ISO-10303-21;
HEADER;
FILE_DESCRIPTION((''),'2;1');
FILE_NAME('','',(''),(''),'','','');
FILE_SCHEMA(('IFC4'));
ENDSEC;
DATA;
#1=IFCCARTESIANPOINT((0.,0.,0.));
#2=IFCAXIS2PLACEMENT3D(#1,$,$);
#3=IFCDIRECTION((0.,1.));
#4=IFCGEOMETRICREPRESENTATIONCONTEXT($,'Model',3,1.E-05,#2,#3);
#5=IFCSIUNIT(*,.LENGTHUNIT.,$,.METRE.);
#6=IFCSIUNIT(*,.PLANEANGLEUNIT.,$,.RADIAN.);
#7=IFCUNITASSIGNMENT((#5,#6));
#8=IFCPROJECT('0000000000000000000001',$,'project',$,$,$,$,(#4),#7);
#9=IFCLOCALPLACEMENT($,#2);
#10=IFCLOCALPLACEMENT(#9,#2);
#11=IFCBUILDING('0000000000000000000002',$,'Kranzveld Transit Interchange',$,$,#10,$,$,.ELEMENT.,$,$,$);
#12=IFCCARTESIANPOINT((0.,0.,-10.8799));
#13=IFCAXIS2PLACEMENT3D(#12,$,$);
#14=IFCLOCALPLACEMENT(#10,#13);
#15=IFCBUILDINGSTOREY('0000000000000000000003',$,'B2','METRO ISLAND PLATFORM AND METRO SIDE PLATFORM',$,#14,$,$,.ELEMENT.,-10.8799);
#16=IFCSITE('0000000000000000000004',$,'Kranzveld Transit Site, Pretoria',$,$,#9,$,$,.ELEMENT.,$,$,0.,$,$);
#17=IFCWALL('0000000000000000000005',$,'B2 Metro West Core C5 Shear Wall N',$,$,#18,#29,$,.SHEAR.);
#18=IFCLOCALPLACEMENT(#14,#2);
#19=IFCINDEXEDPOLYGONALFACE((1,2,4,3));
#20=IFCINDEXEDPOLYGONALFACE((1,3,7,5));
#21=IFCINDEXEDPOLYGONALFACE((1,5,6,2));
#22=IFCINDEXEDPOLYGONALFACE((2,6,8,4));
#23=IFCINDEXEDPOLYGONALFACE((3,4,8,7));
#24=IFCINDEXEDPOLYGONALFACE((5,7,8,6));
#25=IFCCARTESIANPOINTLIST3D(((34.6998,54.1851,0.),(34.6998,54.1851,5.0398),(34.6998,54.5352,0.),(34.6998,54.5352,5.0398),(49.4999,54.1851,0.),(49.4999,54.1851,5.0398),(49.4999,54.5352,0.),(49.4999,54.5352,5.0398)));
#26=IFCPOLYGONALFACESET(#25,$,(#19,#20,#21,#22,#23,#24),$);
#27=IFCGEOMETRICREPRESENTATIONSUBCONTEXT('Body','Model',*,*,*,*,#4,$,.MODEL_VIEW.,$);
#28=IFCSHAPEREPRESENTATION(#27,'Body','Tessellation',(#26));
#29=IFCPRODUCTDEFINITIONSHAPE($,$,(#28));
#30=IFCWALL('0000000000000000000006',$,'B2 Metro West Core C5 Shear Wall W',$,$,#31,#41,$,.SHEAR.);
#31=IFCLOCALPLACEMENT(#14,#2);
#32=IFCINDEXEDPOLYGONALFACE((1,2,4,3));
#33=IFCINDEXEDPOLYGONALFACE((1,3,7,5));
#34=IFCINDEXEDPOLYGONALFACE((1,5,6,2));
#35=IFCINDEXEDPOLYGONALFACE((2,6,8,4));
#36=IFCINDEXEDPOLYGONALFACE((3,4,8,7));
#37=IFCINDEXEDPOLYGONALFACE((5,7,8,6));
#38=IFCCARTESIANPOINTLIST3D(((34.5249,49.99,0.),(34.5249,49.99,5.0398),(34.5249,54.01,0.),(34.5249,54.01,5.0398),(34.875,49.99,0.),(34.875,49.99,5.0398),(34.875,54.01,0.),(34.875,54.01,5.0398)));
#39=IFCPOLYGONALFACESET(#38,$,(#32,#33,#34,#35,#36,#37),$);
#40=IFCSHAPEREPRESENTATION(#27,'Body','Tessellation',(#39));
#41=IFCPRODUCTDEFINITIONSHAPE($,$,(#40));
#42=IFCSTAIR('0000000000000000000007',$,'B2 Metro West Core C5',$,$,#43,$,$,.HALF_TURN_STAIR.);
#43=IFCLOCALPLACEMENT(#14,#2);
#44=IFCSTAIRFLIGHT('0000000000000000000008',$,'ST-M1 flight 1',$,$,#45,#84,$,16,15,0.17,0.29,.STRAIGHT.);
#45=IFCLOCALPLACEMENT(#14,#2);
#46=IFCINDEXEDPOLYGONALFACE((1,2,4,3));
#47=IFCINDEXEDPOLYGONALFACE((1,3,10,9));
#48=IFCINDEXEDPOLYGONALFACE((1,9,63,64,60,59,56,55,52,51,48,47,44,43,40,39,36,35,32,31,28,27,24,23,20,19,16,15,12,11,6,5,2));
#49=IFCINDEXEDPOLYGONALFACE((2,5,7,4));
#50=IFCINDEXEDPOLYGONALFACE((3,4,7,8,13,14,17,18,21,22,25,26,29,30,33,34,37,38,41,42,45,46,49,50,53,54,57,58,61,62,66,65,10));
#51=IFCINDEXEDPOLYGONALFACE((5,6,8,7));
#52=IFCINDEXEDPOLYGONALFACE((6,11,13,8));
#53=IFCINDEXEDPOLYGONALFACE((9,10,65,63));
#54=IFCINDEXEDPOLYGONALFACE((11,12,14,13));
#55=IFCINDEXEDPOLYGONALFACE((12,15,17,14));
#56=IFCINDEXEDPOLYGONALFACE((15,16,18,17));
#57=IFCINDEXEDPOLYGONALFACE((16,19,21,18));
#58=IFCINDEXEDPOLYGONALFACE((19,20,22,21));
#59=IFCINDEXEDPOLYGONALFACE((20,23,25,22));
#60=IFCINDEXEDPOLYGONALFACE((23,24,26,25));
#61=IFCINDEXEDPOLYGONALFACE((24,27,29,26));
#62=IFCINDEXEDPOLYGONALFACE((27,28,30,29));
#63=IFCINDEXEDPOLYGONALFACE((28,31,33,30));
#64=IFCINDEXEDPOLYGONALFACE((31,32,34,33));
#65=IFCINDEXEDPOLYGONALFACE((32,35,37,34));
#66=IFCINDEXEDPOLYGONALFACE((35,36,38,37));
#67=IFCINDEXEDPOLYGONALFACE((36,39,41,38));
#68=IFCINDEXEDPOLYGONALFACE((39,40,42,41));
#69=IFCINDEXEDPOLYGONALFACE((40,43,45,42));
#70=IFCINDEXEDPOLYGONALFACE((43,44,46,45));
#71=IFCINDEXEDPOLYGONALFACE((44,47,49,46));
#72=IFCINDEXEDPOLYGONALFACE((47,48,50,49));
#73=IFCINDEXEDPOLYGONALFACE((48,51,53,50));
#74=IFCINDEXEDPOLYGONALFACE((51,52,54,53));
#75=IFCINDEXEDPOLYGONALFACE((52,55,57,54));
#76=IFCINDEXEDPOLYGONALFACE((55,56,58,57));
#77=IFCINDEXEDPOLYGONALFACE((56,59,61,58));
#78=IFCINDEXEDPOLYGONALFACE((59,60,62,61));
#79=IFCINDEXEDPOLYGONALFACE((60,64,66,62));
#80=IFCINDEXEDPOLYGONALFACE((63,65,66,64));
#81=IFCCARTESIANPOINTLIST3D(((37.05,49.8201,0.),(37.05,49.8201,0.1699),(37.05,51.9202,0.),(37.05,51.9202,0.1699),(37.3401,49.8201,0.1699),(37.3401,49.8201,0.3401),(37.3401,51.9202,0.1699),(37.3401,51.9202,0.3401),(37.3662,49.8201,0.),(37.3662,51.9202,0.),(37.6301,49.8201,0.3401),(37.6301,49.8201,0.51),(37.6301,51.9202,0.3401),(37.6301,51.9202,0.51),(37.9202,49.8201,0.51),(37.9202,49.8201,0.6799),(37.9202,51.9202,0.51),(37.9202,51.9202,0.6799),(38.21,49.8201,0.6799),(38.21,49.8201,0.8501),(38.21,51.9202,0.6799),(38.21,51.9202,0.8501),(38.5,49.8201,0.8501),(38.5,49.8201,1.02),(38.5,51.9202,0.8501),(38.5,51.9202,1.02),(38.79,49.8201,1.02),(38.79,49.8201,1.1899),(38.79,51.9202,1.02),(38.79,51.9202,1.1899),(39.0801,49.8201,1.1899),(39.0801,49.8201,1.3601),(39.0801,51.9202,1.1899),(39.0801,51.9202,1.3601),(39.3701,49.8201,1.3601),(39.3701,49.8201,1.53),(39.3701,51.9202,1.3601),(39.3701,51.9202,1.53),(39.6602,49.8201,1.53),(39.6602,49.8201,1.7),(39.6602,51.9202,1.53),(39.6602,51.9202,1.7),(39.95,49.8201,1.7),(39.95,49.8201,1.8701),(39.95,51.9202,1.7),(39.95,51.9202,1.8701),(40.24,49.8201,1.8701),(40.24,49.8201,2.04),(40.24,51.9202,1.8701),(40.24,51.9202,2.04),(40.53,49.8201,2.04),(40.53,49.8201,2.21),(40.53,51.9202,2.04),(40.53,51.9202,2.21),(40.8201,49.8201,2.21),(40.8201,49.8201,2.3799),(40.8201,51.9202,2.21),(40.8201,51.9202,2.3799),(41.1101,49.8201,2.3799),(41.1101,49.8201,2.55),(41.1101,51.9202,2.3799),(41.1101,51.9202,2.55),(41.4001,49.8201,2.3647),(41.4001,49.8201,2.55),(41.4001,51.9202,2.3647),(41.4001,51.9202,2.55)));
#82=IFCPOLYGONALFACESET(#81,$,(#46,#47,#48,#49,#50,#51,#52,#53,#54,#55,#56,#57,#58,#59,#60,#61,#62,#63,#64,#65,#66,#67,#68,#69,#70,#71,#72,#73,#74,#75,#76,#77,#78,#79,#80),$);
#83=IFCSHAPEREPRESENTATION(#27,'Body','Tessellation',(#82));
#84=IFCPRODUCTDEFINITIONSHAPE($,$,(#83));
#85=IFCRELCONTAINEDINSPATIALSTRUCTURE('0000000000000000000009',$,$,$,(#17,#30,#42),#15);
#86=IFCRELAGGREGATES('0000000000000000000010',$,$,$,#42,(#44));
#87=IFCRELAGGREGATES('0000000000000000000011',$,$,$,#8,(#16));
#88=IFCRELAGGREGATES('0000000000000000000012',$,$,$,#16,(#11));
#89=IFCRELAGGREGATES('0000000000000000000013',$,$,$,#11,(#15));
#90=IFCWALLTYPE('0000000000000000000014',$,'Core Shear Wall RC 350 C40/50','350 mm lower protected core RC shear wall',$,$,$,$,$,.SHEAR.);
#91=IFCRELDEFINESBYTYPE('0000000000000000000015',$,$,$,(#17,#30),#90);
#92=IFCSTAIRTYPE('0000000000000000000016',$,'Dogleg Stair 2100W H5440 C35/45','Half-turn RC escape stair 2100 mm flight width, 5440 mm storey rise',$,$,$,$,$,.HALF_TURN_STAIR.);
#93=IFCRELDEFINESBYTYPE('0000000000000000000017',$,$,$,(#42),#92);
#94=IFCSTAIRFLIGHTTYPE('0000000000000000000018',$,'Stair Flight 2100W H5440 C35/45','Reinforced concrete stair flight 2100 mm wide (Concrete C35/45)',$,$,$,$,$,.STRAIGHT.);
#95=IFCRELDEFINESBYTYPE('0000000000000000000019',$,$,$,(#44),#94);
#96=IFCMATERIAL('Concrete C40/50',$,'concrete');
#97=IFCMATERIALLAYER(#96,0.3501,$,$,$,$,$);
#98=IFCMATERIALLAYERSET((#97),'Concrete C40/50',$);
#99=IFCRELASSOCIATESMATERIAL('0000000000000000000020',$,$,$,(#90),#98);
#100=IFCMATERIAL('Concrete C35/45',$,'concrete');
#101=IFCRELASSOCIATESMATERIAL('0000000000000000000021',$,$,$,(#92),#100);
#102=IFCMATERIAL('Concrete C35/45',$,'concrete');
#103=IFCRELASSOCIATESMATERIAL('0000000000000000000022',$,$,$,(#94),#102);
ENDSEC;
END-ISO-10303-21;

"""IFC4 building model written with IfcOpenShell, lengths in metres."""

from ifc_helpers import new_model, si_unit, direction, frame, frame_2d, origin, place, context, subcontext, project, spatial, polyline, rectangle, outline, extrude, material, layer, layer_set, type_object, element, aggregate, save


model = new_model("IFC4")

# Units and contexts
model_context = context("Model", 3, precision=1e-05, world=origin(), true_north=direction((0.0, 1.0)))
body_context = subcontext(model_context, "Body", "Model", "MODEL_VIEW")
ifc_project = project(units=[si_unit("LENGTHUNIT", "METRE"), si_unit("PLANEANGLEUNIT", "RADIAN")], contexts=[model_context])

# Site, building, storey
site_placement = place(None, origin())
site = spatial("IfcSite", under=ifc_project, at=site_placement, Name="Kranzveld Transit Site, Pretoria", CompositionType="ELEMENT", RefElevation=0.0)
building_placement = place(site_placement, origin())
building = spatial("IfcBuilding", under=site, at=building_placement, Name="Kranzveld Transit Interchange", CompositionType="ELEMENT")
storey_placement = place(building_placement, frame((0.0, 0.0, -10.8799)))
storey = spatial("IfcBuildingStorey", under=building, at=storey_placement, Name="B2", Description="METRO ISLAND PLATFORM AND METRO SIDE PLATFORM", CompositionType="ELEMENT", Elevation=-10.8799)

# Shared definitions
ifc_material_1 = material(Name="Concrete C40/50", Category="concrete")
ifc_layer = layer(ifc_material_1, 0.3501)
ifc_layer_set = layer_set([ifc_layer], Name="Concrete C40/50")
wall_type = type_object("IfcWallType", Name="Core Shear Wall RC 350 C40/50", Description="350 mm lower protected core RC shear wall", PredefinedType="SHEAR", material=ifc_layer_set)

# Walls
wall_1_placement = place(storey_placement, frame((34.7, 54.3601, 0.0), z_axis=(0.0, 0.0, 1.0), x_axis=(1.0, 0.0, 0.0)))
element("IfcWall", 1, at=wall_1_placement, inside=storey, type_object=wall_type, Name="B2 Metro West Core C5 Shear Wall N", PredefinedType="SHEAR", context=body_context, shape_type="SweptSolid", body=[
    extrude(rectangle(XDim=14.8, YDim=0.3501, at=frame_2d((7.3999, 0.0))), origin(), (0.0, 0.0, 1.0), 5.0398),
])
wall_2_placement = place(storey_placement, frame((34.7, 49.99, 0.0), z_axis=(0.0, 0.0, 1.0), x_axis=(0.0, 1.0, 0.0)))
element("IfcWall", 2, at=wall_2_placement, inside=storey, type_object=wall_type, Name="B2 Metro West Core C5 Shear Wall W", PredefinedType="SHEAR", context=body_context, shape_type="SweptSolid", body=[
    extrude(rectangle(XDim=4.02, YDim=0.3501, at=frame_2d((2.01, 0.0))), origin(), (0.0, 0.0, 1.0), 5.0398),
])

# Stair, stair flight
ifc_material_2 = material(Name="Concrete C35/45", Category="concrete")
stair_type = type_object("IfcStairType", Name="Dogleg Stair 2100W H5440 C35/45", Description="Half-turn RC escape stair 2100 mm flight width, 5440 mm storey rise", PredefinedType="HALF_TURN_STAIR", material=ifc_material_2)
stair_placement = place(storey_placement, origin())
stair = element("IfcStair", 3, at=stair_placement, inside=storey, type_object=stair_type, Name="B2 Metro West Core C5", PredefinedType="HALF_TURN_STAIR")
ifc_material_3 = material(Name="Concrete C35/45", Category="concrete")
stair_flight_type = type_object("IfcStairFlightType", Name="Stair Flight 2100W H5440 C35/45", Description="Reinforced concrete stair flight 2100 mm wide (Concrete C35/45)", PredefinedType="STRAIGHT", material=ifc_material_3)
stair_flight_placement = place(storey_placement, frame((37.05, 50.8701, 0.0), z_axis=(0.0, 0.0, 1.0), x_axis=(1.0, 0.0, 0.0)))
stair_flight = element("IfcStairFlight", 4, at=stair_flight_placement, type_object=stair_flight_type, Name="ST-M1 flight 1", NumberOfRisers=16, NumberOfTreads=15, PredefinedType="STRAIGHT", RiserHeight=0.17, TreadLength=0.29, context=body_context, shape_type="SweptSolid", body=[
    extrude(outline(polyline([(0.0, 0.0), (0.0, 0.1699), (0.29, 0.1699), (0.29, 0.3401), (0.5801, 0.3401), (0.5801, 0.51), (0.8701, 0.51), (0.8701, 0.6799), (1.1599, 0.6799), (1.1599, 0.8501), (1.45, 0.8501), (1.45, 1.02), (1.74, 1.02), (1.74, 1.1899), (2.03, 1.1899), (2.03, 1.3601), (2.3201, 1.3601), (2.3201, 1.53), (2.6101, 1.53), (2.6101, 1.7), (2.8999, 1.7), (2.8999, 1.8701), (3.1899, 1.8701), (3.1899, 2.04), (3.48, 2.04), (3.48, 2.21), (3.77, 2.21), (3.77, 2.3799), (4.0601, 2.3799), (4.0601, 2.55), (4.3501, 2.55), (4.3501, 2.72), (4.3501, 2.3647), (0.3162, 0.0), (0.0, 0.0)])), frame((0.0, 1.05, 0.0), z_axis=(0.0, -1.0, 0.0), x_axis=(1.0, 0.0, 0.0)), (0.0, 0.0, 1.0), 2.1001),
])
aggregate(stair, [stair_flight])

save(model, "model.ifc")
